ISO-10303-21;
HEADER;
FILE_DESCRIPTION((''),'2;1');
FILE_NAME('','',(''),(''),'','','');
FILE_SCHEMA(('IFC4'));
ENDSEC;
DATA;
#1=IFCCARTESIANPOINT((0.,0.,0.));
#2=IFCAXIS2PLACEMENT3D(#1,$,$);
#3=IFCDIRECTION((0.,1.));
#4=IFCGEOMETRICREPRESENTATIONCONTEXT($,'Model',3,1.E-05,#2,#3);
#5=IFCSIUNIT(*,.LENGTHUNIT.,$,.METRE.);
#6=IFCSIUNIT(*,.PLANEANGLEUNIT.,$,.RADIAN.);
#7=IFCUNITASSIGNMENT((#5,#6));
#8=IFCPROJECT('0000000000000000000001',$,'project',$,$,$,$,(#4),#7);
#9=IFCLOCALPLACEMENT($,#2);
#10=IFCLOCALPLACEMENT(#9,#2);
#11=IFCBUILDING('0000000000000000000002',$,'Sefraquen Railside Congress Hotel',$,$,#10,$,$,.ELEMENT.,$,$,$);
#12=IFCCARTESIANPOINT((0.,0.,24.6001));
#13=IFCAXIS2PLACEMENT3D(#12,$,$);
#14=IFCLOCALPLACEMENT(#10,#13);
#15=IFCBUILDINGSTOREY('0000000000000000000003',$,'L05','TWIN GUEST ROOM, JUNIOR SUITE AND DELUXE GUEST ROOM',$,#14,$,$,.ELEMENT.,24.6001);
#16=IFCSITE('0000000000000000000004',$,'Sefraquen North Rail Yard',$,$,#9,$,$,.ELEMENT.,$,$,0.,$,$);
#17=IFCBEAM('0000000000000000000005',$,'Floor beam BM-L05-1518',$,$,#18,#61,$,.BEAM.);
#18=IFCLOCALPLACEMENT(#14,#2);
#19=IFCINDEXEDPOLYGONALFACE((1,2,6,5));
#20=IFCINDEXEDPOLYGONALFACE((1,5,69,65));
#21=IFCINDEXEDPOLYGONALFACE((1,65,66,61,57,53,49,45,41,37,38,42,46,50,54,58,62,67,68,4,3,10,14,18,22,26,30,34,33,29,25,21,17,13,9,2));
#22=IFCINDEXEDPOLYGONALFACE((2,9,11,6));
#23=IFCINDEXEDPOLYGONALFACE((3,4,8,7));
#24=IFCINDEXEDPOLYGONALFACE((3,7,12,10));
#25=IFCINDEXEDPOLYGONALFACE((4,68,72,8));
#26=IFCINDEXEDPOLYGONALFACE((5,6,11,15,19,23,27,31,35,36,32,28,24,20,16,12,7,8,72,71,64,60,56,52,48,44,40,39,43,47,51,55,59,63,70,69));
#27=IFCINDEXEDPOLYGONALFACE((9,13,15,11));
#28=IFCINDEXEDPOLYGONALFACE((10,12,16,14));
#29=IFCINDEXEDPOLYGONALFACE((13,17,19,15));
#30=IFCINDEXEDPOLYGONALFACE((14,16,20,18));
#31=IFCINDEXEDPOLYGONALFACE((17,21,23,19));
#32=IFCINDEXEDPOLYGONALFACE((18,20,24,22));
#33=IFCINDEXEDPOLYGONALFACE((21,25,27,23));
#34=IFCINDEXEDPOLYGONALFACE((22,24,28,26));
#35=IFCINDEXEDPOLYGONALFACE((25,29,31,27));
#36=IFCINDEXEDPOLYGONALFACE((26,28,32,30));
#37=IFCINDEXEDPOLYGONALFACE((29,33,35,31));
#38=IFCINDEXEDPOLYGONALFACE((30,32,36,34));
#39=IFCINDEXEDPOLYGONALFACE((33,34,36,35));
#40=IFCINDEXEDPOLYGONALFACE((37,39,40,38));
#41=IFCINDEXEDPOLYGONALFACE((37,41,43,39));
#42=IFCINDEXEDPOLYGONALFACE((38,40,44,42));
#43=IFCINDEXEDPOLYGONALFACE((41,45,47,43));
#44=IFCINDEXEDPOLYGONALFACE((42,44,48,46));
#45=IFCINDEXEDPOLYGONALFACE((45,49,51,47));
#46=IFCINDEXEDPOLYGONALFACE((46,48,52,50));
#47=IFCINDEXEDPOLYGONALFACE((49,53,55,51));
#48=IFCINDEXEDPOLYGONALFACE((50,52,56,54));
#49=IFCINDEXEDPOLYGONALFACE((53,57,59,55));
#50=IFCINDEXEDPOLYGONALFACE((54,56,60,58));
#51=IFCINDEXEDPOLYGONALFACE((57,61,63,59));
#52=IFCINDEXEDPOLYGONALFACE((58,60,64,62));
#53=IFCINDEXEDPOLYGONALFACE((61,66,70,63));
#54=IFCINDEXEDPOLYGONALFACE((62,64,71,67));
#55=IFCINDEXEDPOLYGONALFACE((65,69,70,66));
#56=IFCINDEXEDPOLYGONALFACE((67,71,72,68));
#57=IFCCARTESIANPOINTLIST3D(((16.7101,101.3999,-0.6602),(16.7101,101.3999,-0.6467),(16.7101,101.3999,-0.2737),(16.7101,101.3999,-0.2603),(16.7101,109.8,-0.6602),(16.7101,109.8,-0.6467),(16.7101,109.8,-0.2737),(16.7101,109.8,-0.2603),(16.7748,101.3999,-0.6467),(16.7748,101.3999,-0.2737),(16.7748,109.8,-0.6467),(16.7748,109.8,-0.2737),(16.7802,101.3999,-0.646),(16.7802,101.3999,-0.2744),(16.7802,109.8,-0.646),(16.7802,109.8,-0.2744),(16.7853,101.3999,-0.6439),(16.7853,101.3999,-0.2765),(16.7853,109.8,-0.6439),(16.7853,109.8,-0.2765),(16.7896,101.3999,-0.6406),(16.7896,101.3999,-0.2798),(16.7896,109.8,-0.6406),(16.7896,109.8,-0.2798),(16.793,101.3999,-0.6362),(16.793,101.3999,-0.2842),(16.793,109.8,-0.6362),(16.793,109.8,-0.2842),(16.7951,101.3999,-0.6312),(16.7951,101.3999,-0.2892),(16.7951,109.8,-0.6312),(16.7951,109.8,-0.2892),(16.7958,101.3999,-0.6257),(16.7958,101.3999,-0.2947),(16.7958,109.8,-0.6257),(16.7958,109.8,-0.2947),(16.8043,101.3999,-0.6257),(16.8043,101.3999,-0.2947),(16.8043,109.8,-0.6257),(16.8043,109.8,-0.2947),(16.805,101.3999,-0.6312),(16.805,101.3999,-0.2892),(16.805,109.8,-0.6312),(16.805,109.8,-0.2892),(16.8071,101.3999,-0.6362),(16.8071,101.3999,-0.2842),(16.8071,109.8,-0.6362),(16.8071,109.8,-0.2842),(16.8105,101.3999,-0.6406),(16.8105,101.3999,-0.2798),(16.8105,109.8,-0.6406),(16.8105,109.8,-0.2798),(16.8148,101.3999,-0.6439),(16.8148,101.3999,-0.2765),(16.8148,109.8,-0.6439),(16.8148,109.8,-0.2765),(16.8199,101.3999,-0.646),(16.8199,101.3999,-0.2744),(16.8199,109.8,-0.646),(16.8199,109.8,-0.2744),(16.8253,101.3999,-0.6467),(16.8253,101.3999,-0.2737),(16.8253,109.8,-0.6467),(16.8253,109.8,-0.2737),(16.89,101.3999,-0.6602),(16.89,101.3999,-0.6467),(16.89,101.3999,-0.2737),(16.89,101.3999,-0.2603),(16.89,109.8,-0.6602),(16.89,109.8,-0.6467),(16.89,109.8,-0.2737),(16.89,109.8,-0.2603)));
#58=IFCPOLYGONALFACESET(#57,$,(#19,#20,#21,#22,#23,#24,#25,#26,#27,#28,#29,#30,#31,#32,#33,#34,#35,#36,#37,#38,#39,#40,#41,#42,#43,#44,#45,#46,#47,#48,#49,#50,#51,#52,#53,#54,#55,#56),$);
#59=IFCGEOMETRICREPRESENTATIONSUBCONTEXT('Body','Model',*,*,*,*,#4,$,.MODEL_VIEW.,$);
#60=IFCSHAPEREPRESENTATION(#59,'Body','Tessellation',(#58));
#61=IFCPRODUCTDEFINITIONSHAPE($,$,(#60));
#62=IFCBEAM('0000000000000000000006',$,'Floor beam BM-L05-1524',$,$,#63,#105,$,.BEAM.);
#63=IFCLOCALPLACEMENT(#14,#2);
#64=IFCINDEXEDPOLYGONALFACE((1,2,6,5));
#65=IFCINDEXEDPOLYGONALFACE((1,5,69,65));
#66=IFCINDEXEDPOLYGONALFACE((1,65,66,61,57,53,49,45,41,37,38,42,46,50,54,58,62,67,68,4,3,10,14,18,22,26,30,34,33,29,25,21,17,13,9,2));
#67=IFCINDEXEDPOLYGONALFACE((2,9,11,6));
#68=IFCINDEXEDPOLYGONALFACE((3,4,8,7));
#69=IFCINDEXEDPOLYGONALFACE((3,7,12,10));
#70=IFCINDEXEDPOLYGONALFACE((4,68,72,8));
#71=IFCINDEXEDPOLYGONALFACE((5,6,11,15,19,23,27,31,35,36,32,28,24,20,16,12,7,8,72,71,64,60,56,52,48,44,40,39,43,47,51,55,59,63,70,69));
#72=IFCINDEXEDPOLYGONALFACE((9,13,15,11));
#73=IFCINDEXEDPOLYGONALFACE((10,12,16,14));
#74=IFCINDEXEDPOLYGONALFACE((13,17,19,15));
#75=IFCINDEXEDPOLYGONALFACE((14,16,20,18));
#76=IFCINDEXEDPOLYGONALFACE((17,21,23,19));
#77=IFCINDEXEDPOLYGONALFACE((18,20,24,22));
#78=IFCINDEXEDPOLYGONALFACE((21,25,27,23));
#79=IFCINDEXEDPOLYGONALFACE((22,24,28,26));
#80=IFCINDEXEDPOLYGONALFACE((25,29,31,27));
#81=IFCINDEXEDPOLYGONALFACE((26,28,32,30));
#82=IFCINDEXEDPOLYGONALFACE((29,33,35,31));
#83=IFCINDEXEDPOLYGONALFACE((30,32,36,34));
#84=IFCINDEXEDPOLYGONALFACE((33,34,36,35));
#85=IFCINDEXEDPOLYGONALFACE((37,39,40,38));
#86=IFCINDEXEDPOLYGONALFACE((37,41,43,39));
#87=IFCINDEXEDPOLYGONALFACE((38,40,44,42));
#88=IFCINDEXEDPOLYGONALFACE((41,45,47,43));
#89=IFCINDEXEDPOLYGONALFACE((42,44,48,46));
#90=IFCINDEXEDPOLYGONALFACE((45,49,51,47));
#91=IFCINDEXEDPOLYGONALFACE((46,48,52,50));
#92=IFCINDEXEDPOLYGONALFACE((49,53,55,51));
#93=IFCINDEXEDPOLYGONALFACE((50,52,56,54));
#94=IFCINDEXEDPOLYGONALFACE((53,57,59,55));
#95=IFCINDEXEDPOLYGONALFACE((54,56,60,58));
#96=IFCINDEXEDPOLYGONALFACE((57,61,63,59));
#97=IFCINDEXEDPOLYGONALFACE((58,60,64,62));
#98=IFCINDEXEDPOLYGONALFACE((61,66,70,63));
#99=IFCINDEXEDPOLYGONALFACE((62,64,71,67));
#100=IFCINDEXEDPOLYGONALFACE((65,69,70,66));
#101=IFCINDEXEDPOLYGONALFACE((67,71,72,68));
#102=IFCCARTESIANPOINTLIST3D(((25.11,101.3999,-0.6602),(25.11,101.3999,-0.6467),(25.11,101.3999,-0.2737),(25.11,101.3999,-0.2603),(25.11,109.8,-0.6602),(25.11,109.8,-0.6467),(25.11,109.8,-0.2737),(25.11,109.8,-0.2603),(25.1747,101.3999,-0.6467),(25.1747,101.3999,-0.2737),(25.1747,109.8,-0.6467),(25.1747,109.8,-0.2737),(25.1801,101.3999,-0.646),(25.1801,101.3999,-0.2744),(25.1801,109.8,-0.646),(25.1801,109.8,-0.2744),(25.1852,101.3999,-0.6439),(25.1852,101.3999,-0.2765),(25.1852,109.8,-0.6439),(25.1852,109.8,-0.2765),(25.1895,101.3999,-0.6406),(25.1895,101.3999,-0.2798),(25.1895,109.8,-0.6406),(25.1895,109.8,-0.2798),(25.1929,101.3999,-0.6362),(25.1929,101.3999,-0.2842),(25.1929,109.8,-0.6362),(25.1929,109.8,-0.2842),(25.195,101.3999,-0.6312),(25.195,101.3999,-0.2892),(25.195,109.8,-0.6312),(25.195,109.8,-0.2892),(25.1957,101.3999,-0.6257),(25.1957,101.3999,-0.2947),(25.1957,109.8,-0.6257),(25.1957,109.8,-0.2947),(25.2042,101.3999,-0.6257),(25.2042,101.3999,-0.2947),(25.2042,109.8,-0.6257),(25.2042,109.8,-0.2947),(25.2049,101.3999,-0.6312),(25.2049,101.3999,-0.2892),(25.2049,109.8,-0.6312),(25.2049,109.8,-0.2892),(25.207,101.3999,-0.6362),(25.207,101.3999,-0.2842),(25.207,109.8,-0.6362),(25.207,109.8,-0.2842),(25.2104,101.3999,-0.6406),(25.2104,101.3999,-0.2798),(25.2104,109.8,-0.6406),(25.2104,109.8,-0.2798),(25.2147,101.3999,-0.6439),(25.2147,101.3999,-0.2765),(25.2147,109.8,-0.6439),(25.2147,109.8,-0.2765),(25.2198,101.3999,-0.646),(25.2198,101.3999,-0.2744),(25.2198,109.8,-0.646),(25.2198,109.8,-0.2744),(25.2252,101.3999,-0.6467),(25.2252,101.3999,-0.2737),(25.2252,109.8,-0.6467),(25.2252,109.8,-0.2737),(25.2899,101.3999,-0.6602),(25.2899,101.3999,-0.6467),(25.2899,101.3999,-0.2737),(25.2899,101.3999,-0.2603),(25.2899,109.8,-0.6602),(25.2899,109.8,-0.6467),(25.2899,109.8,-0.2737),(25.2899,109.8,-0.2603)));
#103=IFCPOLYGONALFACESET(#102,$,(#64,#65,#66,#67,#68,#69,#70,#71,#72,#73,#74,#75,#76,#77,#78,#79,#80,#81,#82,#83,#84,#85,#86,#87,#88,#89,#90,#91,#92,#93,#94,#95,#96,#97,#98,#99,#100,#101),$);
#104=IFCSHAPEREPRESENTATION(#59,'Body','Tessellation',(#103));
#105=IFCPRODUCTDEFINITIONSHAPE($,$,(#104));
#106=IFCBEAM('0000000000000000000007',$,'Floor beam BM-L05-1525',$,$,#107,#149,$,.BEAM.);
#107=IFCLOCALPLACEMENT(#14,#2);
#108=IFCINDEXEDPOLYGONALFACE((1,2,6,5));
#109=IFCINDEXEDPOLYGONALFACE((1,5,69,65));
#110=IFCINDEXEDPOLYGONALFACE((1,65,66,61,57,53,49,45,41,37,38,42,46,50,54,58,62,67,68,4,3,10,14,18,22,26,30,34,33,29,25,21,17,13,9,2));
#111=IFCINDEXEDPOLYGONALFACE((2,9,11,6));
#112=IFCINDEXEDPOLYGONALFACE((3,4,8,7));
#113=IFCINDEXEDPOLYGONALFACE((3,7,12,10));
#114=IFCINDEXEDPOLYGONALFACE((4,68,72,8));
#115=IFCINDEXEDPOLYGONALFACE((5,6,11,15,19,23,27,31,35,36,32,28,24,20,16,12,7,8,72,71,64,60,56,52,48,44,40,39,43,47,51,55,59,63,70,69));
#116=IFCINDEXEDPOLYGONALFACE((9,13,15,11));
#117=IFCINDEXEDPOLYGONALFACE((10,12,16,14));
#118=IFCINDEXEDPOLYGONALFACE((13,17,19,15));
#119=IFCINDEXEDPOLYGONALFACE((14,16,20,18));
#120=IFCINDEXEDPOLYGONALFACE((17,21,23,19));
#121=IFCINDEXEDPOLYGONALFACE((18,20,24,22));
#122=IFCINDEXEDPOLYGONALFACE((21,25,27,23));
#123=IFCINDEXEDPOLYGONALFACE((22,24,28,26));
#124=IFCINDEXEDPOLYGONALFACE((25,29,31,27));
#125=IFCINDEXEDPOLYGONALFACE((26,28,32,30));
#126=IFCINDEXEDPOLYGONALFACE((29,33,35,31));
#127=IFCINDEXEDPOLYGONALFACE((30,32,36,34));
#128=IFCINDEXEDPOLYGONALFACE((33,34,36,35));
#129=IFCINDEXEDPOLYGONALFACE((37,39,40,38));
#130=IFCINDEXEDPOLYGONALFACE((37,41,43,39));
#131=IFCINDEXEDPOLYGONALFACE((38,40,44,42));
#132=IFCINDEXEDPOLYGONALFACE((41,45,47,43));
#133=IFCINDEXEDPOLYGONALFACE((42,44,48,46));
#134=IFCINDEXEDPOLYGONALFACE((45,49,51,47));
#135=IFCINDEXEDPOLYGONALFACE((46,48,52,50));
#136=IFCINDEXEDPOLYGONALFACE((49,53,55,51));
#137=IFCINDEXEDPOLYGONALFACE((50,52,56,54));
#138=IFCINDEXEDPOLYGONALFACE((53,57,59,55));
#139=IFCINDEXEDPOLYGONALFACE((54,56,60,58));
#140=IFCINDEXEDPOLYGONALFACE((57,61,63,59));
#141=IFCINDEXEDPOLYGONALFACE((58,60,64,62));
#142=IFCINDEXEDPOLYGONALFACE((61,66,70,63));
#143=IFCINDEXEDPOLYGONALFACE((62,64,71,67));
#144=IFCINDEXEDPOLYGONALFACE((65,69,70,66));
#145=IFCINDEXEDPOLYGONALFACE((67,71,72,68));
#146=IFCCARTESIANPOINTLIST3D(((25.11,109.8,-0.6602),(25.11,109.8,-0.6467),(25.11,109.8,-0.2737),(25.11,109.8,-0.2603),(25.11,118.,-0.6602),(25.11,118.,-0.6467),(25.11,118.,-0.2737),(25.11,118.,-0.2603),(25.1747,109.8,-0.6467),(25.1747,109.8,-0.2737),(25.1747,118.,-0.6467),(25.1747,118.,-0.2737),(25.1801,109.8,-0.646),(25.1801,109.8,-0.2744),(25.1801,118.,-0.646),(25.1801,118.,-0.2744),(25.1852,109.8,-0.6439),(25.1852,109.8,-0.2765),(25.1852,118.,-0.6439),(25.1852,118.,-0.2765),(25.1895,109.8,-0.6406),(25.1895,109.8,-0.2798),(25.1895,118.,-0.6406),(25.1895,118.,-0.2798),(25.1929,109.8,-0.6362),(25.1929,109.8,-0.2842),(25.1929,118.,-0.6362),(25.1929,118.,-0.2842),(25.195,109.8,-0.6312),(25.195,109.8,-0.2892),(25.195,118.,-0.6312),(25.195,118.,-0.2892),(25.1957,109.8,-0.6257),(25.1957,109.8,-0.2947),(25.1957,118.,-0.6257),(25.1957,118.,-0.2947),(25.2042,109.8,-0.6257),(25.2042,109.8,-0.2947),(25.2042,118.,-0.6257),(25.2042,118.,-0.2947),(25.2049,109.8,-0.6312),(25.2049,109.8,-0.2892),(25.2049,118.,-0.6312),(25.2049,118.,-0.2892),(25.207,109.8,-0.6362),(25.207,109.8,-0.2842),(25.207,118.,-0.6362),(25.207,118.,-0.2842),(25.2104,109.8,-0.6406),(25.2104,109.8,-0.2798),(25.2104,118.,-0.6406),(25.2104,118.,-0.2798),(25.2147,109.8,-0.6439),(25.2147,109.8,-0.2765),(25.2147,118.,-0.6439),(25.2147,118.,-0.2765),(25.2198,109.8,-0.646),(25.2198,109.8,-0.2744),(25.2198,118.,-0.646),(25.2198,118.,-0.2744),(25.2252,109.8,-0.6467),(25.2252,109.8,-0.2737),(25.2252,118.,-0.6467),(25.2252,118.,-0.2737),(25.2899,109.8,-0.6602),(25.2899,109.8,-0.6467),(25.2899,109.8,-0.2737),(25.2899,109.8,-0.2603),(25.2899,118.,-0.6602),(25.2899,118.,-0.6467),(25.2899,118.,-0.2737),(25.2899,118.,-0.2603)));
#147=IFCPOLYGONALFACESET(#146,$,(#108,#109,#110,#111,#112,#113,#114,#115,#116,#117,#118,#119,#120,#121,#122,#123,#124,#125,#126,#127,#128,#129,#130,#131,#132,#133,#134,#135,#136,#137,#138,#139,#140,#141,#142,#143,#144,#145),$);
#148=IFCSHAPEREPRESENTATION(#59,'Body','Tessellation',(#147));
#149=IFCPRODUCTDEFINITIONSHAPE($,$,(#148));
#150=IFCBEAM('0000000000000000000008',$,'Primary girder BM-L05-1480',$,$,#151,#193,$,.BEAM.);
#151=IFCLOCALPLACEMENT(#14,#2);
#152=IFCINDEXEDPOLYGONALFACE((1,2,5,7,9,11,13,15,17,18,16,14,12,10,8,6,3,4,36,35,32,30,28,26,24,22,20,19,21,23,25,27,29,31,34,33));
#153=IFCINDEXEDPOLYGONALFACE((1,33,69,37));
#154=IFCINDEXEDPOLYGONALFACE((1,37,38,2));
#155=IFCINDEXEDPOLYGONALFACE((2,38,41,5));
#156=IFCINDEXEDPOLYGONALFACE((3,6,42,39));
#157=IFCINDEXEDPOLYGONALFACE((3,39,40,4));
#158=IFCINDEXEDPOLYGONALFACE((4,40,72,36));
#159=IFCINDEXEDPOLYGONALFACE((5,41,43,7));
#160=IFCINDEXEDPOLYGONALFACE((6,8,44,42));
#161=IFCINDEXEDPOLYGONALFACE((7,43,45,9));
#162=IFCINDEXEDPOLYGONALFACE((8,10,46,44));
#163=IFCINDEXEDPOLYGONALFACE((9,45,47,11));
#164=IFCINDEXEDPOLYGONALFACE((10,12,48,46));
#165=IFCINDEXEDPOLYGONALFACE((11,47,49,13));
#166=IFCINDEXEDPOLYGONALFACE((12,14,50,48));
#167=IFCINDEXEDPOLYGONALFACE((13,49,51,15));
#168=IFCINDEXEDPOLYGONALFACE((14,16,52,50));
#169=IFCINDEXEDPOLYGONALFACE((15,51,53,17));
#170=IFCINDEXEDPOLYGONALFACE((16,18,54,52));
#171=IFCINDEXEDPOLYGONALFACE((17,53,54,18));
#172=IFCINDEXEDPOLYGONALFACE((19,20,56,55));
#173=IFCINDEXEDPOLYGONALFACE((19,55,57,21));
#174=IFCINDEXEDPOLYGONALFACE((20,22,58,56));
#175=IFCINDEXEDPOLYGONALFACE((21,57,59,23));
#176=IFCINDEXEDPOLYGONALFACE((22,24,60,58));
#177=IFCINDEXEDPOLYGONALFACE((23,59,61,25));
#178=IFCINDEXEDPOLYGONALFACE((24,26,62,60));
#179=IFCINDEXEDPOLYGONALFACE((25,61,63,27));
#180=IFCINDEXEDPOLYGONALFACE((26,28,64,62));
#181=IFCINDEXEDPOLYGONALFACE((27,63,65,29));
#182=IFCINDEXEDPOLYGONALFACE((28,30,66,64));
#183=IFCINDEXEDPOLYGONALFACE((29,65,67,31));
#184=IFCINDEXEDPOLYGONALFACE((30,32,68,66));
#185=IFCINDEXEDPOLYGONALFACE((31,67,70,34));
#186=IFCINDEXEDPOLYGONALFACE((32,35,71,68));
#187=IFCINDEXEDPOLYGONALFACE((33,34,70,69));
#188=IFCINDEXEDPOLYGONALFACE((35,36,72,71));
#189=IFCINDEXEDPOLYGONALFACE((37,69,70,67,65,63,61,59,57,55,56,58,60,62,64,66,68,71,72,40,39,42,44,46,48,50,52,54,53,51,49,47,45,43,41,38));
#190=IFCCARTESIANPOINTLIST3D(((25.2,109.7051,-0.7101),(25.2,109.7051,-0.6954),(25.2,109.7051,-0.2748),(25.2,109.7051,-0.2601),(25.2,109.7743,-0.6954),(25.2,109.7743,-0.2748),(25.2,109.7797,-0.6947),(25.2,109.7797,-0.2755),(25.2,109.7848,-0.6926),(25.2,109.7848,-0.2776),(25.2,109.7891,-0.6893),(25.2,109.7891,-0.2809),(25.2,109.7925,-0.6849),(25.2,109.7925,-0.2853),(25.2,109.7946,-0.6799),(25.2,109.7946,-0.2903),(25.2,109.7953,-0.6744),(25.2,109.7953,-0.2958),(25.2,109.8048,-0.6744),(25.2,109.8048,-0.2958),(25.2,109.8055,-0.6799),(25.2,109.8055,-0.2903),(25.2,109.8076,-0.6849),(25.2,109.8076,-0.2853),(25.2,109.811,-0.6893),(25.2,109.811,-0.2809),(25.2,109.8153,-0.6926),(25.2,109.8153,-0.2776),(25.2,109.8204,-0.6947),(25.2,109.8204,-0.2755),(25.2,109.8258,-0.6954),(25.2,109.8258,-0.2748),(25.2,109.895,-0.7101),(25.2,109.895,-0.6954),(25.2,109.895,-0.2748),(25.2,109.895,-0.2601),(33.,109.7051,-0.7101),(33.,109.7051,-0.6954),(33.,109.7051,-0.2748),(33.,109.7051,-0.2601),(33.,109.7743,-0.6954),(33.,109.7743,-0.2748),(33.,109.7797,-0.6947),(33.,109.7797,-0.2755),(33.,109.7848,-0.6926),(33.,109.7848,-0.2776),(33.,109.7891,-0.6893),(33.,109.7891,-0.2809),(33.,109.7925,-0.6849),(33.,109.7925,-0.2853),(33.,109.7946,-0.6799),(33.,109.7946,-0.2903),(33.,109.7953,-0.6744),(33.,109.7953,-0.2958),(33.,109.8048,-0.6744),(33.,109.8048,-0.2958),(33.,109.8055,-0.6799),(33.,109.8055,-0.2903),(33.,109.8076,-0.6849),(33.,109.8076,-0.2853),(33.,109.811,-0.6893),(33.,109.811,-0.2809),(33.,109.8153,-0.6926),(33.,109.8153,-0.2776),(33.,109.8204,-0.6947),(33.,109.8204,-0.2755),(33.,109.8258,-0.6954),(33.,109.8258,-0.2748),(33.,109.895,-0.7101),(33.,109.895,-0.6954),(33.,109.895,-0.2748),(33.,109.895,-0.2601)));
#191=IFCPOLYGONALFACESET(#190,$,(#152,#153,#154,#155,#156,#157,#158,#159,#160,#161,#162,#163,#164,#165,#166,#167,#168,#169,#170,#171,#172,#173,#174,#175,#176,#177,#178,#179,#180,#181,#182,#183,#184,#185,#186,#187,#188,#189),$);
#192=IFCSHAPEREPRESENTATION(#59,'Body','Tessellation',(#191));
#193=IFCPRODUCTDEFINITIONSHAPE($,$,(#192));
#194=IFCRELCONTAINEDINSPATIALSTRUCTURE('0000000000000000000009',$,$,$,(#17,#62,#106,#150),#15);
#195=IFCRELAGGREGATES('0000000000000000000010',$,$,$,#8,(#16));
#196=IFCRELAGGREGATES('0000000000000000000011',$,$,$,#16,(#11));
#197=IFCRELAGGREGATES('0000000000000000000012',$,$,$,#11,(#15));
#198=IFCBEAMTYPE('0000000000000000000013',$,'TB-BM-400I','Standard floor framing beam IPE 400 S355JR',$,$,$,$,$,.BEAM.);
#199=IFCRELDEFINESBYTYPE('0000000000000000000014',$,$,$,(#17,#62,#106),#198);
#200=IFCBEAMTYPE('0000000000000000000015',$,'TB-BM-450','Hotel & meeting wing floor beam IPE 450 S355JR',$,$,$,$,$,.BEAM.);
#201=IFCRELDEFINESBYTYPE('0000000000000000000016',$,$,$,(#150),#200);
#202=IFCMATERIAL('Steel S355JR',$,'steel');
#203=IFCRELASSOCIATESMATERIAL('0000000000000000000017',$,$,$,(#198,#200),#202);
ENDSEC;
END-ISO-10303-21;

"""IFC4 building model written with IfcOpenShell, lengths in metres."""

from ifc_helpers import new_model, si_unit, direction, frame, origin, origin_2d, place, context, subcontext, project, spatial, i_section, extrude, material, material_profile, profile_set, type_object, element, save


model = new_model("IFC4")

# Units and contexts
model_context = context("Model", 3, precision=1e-05, world=origin(), true_north=direction((0.0, 1.0)))
body_context = subcontext(model_context, "Body", "Model", "MODEL_VIEW")
ifc_project = project(units=[si_unit("LENGTHUNIT", "METRE"), si_unit("PLANEANGLEUNIT", "RADIAN")], contexts=[model_context])

# Site, building, storey
site_placement = place(None, origin())
site = spatial("IfcSite", under=ifc_project, at=site_placement, Name="Sefraquen North Rail Yard", CompositionType="ELEMENT", RefElevation=0.0)
building_placement = place(site_placement, origin())
building = spatial("IfcBuilding", under=site, at=building_placement, Name="Sefraquen Railside Congress Hotel", CompositionType="ELEMENT")
storey_placement = place(building_placement, frame((0.0, 0.0, 24.6001)))
storey = spatial("IfcBuildingStorey", under=building, at=storey_placement, Name="L05", Description="TWIN GUEST ROOM, JUNIOR SUITE AND DELUXE GUEST ROOM", CompositionType="ELEMENT", Elevation=24.6001)

# Shared definitions
ifc_material_1 = material(Name="Steel S355JR", Category="steel")

# Beams
ifc_material_profile_1 = material_profile(ifc_material_1, i_section(OverallWidth=0.1799, OverallDepth=0.3999, WebThickness=0.0085, FlangeThickness=0.0134, FilletRadius=0.021, at=origin_2d()), Name="IPE 400")
ifc_profile_set_1 = profile_set([ifc_material_profile_1], Name="Steel S355JR")
beam_type_1 = type_object("IfcBeamType", Name="TB-BM-400I", Description="Standard floor framing beam IPE 400 S355JR", PredefinedType="BEAM", material=ifc_profile_set_1)
for number, where, z_axis, x_axis, name in (
    (1, (16.8, 101.3999, -0.4602), (0.0, 1.0, 0.0), (-1.0, 0.0, 0.0), "Floor beam BM-L05-1518"),
    (2, (25.2, 101.3999, -0.4602), (0.0, 1.0, 0.0), (-1.0, 0.0, 0.0), "Floor beam BM-L05-1524"),
):
    element("IfcBeam", number, at=place(storey_placement, frame(where, z_axis=z_axis, x_axis=x_axis)), inside=storey, type_object=beam_type_1, Name=name, PredefinedType="BEAM", context=body_context, shape_type="SweptSolid", body=[
        extrude(i_section(OverallWidth=0.1799, OverallDepth=0.3999, WebThickness=0.0085, FlangeThickness=0.0134, FilletRadius=0.021, at=origin_2d()), origin(), (0.0, 0.0, 1.0), 8.4001),
    ])
beam_1_placement = place(storey_placement, frame((25.2, 109.8, -0.4602), z_axis=(0.0, 1.0, 0.0), x_axis=(-1.0, 0.0, 0.0)))
element("IfcBeam", 3, at=beam_1_placement, inside=storey, type_object=beam_type_1, Name="Floor beam BM-L05-1525", PredefinedType="BEAM", context=body_context, shape_type="SweptSolid", body=[
    extrude(i_section(OverallWidth=0.1799, OverallDepth=0.3999, WebThickness=0.0085, FlangeThickness=0.0134, FilletRadius=0.021, at=origin_2d()), origin(), (0.0, 0.0, 1.0), 8.2),
])
ifc_material_profile_2 = material_profile(ifc_material_1, i_section(OverallWidth=0.1899, OverallDepth=0.45, WebThickness=0.0095, FlangeThickness=0.0146, FilletRadius=0.021, at=origin_2d()), Name="IPE 450")
ifc_profile_set_2 = profile_set([ifc_material_profile_2], Name="Steel S355JR")
beam_type_2 = type_object("IfcBeamType", Name="TB-BM-450", Description="Hotel & meeting wing floor beam IPE 450 S355JR", PredefinedType="BEAM", material=ifc_profile_set_2)
beam_2_placement = place(storey_placement, frame((25.2, 109.8, -0.4851), z_axis=(1.0, 0.0, 0.0), x_axis=(0.0, 1.0, 0.0)))
element("IfcBeam", 4, at=beam_2_placement, inside=storey, type_object=beam_type_2, Name="Primary girder BM-L05-1480", PredefinedType="BEAM", context=body_context, shape_type="SweptSolid", body=[
    extrude(i_section(OverallWidth=0.1899, OverallDepth=0.45, WebThickness=0.0095, FlangeThickness=0.0146, FilletRadius=0.021, at=origin_2d()), origin(), (0.0, 0.0, 1.0), 7.8),
])

save(model, "model.ifc")
